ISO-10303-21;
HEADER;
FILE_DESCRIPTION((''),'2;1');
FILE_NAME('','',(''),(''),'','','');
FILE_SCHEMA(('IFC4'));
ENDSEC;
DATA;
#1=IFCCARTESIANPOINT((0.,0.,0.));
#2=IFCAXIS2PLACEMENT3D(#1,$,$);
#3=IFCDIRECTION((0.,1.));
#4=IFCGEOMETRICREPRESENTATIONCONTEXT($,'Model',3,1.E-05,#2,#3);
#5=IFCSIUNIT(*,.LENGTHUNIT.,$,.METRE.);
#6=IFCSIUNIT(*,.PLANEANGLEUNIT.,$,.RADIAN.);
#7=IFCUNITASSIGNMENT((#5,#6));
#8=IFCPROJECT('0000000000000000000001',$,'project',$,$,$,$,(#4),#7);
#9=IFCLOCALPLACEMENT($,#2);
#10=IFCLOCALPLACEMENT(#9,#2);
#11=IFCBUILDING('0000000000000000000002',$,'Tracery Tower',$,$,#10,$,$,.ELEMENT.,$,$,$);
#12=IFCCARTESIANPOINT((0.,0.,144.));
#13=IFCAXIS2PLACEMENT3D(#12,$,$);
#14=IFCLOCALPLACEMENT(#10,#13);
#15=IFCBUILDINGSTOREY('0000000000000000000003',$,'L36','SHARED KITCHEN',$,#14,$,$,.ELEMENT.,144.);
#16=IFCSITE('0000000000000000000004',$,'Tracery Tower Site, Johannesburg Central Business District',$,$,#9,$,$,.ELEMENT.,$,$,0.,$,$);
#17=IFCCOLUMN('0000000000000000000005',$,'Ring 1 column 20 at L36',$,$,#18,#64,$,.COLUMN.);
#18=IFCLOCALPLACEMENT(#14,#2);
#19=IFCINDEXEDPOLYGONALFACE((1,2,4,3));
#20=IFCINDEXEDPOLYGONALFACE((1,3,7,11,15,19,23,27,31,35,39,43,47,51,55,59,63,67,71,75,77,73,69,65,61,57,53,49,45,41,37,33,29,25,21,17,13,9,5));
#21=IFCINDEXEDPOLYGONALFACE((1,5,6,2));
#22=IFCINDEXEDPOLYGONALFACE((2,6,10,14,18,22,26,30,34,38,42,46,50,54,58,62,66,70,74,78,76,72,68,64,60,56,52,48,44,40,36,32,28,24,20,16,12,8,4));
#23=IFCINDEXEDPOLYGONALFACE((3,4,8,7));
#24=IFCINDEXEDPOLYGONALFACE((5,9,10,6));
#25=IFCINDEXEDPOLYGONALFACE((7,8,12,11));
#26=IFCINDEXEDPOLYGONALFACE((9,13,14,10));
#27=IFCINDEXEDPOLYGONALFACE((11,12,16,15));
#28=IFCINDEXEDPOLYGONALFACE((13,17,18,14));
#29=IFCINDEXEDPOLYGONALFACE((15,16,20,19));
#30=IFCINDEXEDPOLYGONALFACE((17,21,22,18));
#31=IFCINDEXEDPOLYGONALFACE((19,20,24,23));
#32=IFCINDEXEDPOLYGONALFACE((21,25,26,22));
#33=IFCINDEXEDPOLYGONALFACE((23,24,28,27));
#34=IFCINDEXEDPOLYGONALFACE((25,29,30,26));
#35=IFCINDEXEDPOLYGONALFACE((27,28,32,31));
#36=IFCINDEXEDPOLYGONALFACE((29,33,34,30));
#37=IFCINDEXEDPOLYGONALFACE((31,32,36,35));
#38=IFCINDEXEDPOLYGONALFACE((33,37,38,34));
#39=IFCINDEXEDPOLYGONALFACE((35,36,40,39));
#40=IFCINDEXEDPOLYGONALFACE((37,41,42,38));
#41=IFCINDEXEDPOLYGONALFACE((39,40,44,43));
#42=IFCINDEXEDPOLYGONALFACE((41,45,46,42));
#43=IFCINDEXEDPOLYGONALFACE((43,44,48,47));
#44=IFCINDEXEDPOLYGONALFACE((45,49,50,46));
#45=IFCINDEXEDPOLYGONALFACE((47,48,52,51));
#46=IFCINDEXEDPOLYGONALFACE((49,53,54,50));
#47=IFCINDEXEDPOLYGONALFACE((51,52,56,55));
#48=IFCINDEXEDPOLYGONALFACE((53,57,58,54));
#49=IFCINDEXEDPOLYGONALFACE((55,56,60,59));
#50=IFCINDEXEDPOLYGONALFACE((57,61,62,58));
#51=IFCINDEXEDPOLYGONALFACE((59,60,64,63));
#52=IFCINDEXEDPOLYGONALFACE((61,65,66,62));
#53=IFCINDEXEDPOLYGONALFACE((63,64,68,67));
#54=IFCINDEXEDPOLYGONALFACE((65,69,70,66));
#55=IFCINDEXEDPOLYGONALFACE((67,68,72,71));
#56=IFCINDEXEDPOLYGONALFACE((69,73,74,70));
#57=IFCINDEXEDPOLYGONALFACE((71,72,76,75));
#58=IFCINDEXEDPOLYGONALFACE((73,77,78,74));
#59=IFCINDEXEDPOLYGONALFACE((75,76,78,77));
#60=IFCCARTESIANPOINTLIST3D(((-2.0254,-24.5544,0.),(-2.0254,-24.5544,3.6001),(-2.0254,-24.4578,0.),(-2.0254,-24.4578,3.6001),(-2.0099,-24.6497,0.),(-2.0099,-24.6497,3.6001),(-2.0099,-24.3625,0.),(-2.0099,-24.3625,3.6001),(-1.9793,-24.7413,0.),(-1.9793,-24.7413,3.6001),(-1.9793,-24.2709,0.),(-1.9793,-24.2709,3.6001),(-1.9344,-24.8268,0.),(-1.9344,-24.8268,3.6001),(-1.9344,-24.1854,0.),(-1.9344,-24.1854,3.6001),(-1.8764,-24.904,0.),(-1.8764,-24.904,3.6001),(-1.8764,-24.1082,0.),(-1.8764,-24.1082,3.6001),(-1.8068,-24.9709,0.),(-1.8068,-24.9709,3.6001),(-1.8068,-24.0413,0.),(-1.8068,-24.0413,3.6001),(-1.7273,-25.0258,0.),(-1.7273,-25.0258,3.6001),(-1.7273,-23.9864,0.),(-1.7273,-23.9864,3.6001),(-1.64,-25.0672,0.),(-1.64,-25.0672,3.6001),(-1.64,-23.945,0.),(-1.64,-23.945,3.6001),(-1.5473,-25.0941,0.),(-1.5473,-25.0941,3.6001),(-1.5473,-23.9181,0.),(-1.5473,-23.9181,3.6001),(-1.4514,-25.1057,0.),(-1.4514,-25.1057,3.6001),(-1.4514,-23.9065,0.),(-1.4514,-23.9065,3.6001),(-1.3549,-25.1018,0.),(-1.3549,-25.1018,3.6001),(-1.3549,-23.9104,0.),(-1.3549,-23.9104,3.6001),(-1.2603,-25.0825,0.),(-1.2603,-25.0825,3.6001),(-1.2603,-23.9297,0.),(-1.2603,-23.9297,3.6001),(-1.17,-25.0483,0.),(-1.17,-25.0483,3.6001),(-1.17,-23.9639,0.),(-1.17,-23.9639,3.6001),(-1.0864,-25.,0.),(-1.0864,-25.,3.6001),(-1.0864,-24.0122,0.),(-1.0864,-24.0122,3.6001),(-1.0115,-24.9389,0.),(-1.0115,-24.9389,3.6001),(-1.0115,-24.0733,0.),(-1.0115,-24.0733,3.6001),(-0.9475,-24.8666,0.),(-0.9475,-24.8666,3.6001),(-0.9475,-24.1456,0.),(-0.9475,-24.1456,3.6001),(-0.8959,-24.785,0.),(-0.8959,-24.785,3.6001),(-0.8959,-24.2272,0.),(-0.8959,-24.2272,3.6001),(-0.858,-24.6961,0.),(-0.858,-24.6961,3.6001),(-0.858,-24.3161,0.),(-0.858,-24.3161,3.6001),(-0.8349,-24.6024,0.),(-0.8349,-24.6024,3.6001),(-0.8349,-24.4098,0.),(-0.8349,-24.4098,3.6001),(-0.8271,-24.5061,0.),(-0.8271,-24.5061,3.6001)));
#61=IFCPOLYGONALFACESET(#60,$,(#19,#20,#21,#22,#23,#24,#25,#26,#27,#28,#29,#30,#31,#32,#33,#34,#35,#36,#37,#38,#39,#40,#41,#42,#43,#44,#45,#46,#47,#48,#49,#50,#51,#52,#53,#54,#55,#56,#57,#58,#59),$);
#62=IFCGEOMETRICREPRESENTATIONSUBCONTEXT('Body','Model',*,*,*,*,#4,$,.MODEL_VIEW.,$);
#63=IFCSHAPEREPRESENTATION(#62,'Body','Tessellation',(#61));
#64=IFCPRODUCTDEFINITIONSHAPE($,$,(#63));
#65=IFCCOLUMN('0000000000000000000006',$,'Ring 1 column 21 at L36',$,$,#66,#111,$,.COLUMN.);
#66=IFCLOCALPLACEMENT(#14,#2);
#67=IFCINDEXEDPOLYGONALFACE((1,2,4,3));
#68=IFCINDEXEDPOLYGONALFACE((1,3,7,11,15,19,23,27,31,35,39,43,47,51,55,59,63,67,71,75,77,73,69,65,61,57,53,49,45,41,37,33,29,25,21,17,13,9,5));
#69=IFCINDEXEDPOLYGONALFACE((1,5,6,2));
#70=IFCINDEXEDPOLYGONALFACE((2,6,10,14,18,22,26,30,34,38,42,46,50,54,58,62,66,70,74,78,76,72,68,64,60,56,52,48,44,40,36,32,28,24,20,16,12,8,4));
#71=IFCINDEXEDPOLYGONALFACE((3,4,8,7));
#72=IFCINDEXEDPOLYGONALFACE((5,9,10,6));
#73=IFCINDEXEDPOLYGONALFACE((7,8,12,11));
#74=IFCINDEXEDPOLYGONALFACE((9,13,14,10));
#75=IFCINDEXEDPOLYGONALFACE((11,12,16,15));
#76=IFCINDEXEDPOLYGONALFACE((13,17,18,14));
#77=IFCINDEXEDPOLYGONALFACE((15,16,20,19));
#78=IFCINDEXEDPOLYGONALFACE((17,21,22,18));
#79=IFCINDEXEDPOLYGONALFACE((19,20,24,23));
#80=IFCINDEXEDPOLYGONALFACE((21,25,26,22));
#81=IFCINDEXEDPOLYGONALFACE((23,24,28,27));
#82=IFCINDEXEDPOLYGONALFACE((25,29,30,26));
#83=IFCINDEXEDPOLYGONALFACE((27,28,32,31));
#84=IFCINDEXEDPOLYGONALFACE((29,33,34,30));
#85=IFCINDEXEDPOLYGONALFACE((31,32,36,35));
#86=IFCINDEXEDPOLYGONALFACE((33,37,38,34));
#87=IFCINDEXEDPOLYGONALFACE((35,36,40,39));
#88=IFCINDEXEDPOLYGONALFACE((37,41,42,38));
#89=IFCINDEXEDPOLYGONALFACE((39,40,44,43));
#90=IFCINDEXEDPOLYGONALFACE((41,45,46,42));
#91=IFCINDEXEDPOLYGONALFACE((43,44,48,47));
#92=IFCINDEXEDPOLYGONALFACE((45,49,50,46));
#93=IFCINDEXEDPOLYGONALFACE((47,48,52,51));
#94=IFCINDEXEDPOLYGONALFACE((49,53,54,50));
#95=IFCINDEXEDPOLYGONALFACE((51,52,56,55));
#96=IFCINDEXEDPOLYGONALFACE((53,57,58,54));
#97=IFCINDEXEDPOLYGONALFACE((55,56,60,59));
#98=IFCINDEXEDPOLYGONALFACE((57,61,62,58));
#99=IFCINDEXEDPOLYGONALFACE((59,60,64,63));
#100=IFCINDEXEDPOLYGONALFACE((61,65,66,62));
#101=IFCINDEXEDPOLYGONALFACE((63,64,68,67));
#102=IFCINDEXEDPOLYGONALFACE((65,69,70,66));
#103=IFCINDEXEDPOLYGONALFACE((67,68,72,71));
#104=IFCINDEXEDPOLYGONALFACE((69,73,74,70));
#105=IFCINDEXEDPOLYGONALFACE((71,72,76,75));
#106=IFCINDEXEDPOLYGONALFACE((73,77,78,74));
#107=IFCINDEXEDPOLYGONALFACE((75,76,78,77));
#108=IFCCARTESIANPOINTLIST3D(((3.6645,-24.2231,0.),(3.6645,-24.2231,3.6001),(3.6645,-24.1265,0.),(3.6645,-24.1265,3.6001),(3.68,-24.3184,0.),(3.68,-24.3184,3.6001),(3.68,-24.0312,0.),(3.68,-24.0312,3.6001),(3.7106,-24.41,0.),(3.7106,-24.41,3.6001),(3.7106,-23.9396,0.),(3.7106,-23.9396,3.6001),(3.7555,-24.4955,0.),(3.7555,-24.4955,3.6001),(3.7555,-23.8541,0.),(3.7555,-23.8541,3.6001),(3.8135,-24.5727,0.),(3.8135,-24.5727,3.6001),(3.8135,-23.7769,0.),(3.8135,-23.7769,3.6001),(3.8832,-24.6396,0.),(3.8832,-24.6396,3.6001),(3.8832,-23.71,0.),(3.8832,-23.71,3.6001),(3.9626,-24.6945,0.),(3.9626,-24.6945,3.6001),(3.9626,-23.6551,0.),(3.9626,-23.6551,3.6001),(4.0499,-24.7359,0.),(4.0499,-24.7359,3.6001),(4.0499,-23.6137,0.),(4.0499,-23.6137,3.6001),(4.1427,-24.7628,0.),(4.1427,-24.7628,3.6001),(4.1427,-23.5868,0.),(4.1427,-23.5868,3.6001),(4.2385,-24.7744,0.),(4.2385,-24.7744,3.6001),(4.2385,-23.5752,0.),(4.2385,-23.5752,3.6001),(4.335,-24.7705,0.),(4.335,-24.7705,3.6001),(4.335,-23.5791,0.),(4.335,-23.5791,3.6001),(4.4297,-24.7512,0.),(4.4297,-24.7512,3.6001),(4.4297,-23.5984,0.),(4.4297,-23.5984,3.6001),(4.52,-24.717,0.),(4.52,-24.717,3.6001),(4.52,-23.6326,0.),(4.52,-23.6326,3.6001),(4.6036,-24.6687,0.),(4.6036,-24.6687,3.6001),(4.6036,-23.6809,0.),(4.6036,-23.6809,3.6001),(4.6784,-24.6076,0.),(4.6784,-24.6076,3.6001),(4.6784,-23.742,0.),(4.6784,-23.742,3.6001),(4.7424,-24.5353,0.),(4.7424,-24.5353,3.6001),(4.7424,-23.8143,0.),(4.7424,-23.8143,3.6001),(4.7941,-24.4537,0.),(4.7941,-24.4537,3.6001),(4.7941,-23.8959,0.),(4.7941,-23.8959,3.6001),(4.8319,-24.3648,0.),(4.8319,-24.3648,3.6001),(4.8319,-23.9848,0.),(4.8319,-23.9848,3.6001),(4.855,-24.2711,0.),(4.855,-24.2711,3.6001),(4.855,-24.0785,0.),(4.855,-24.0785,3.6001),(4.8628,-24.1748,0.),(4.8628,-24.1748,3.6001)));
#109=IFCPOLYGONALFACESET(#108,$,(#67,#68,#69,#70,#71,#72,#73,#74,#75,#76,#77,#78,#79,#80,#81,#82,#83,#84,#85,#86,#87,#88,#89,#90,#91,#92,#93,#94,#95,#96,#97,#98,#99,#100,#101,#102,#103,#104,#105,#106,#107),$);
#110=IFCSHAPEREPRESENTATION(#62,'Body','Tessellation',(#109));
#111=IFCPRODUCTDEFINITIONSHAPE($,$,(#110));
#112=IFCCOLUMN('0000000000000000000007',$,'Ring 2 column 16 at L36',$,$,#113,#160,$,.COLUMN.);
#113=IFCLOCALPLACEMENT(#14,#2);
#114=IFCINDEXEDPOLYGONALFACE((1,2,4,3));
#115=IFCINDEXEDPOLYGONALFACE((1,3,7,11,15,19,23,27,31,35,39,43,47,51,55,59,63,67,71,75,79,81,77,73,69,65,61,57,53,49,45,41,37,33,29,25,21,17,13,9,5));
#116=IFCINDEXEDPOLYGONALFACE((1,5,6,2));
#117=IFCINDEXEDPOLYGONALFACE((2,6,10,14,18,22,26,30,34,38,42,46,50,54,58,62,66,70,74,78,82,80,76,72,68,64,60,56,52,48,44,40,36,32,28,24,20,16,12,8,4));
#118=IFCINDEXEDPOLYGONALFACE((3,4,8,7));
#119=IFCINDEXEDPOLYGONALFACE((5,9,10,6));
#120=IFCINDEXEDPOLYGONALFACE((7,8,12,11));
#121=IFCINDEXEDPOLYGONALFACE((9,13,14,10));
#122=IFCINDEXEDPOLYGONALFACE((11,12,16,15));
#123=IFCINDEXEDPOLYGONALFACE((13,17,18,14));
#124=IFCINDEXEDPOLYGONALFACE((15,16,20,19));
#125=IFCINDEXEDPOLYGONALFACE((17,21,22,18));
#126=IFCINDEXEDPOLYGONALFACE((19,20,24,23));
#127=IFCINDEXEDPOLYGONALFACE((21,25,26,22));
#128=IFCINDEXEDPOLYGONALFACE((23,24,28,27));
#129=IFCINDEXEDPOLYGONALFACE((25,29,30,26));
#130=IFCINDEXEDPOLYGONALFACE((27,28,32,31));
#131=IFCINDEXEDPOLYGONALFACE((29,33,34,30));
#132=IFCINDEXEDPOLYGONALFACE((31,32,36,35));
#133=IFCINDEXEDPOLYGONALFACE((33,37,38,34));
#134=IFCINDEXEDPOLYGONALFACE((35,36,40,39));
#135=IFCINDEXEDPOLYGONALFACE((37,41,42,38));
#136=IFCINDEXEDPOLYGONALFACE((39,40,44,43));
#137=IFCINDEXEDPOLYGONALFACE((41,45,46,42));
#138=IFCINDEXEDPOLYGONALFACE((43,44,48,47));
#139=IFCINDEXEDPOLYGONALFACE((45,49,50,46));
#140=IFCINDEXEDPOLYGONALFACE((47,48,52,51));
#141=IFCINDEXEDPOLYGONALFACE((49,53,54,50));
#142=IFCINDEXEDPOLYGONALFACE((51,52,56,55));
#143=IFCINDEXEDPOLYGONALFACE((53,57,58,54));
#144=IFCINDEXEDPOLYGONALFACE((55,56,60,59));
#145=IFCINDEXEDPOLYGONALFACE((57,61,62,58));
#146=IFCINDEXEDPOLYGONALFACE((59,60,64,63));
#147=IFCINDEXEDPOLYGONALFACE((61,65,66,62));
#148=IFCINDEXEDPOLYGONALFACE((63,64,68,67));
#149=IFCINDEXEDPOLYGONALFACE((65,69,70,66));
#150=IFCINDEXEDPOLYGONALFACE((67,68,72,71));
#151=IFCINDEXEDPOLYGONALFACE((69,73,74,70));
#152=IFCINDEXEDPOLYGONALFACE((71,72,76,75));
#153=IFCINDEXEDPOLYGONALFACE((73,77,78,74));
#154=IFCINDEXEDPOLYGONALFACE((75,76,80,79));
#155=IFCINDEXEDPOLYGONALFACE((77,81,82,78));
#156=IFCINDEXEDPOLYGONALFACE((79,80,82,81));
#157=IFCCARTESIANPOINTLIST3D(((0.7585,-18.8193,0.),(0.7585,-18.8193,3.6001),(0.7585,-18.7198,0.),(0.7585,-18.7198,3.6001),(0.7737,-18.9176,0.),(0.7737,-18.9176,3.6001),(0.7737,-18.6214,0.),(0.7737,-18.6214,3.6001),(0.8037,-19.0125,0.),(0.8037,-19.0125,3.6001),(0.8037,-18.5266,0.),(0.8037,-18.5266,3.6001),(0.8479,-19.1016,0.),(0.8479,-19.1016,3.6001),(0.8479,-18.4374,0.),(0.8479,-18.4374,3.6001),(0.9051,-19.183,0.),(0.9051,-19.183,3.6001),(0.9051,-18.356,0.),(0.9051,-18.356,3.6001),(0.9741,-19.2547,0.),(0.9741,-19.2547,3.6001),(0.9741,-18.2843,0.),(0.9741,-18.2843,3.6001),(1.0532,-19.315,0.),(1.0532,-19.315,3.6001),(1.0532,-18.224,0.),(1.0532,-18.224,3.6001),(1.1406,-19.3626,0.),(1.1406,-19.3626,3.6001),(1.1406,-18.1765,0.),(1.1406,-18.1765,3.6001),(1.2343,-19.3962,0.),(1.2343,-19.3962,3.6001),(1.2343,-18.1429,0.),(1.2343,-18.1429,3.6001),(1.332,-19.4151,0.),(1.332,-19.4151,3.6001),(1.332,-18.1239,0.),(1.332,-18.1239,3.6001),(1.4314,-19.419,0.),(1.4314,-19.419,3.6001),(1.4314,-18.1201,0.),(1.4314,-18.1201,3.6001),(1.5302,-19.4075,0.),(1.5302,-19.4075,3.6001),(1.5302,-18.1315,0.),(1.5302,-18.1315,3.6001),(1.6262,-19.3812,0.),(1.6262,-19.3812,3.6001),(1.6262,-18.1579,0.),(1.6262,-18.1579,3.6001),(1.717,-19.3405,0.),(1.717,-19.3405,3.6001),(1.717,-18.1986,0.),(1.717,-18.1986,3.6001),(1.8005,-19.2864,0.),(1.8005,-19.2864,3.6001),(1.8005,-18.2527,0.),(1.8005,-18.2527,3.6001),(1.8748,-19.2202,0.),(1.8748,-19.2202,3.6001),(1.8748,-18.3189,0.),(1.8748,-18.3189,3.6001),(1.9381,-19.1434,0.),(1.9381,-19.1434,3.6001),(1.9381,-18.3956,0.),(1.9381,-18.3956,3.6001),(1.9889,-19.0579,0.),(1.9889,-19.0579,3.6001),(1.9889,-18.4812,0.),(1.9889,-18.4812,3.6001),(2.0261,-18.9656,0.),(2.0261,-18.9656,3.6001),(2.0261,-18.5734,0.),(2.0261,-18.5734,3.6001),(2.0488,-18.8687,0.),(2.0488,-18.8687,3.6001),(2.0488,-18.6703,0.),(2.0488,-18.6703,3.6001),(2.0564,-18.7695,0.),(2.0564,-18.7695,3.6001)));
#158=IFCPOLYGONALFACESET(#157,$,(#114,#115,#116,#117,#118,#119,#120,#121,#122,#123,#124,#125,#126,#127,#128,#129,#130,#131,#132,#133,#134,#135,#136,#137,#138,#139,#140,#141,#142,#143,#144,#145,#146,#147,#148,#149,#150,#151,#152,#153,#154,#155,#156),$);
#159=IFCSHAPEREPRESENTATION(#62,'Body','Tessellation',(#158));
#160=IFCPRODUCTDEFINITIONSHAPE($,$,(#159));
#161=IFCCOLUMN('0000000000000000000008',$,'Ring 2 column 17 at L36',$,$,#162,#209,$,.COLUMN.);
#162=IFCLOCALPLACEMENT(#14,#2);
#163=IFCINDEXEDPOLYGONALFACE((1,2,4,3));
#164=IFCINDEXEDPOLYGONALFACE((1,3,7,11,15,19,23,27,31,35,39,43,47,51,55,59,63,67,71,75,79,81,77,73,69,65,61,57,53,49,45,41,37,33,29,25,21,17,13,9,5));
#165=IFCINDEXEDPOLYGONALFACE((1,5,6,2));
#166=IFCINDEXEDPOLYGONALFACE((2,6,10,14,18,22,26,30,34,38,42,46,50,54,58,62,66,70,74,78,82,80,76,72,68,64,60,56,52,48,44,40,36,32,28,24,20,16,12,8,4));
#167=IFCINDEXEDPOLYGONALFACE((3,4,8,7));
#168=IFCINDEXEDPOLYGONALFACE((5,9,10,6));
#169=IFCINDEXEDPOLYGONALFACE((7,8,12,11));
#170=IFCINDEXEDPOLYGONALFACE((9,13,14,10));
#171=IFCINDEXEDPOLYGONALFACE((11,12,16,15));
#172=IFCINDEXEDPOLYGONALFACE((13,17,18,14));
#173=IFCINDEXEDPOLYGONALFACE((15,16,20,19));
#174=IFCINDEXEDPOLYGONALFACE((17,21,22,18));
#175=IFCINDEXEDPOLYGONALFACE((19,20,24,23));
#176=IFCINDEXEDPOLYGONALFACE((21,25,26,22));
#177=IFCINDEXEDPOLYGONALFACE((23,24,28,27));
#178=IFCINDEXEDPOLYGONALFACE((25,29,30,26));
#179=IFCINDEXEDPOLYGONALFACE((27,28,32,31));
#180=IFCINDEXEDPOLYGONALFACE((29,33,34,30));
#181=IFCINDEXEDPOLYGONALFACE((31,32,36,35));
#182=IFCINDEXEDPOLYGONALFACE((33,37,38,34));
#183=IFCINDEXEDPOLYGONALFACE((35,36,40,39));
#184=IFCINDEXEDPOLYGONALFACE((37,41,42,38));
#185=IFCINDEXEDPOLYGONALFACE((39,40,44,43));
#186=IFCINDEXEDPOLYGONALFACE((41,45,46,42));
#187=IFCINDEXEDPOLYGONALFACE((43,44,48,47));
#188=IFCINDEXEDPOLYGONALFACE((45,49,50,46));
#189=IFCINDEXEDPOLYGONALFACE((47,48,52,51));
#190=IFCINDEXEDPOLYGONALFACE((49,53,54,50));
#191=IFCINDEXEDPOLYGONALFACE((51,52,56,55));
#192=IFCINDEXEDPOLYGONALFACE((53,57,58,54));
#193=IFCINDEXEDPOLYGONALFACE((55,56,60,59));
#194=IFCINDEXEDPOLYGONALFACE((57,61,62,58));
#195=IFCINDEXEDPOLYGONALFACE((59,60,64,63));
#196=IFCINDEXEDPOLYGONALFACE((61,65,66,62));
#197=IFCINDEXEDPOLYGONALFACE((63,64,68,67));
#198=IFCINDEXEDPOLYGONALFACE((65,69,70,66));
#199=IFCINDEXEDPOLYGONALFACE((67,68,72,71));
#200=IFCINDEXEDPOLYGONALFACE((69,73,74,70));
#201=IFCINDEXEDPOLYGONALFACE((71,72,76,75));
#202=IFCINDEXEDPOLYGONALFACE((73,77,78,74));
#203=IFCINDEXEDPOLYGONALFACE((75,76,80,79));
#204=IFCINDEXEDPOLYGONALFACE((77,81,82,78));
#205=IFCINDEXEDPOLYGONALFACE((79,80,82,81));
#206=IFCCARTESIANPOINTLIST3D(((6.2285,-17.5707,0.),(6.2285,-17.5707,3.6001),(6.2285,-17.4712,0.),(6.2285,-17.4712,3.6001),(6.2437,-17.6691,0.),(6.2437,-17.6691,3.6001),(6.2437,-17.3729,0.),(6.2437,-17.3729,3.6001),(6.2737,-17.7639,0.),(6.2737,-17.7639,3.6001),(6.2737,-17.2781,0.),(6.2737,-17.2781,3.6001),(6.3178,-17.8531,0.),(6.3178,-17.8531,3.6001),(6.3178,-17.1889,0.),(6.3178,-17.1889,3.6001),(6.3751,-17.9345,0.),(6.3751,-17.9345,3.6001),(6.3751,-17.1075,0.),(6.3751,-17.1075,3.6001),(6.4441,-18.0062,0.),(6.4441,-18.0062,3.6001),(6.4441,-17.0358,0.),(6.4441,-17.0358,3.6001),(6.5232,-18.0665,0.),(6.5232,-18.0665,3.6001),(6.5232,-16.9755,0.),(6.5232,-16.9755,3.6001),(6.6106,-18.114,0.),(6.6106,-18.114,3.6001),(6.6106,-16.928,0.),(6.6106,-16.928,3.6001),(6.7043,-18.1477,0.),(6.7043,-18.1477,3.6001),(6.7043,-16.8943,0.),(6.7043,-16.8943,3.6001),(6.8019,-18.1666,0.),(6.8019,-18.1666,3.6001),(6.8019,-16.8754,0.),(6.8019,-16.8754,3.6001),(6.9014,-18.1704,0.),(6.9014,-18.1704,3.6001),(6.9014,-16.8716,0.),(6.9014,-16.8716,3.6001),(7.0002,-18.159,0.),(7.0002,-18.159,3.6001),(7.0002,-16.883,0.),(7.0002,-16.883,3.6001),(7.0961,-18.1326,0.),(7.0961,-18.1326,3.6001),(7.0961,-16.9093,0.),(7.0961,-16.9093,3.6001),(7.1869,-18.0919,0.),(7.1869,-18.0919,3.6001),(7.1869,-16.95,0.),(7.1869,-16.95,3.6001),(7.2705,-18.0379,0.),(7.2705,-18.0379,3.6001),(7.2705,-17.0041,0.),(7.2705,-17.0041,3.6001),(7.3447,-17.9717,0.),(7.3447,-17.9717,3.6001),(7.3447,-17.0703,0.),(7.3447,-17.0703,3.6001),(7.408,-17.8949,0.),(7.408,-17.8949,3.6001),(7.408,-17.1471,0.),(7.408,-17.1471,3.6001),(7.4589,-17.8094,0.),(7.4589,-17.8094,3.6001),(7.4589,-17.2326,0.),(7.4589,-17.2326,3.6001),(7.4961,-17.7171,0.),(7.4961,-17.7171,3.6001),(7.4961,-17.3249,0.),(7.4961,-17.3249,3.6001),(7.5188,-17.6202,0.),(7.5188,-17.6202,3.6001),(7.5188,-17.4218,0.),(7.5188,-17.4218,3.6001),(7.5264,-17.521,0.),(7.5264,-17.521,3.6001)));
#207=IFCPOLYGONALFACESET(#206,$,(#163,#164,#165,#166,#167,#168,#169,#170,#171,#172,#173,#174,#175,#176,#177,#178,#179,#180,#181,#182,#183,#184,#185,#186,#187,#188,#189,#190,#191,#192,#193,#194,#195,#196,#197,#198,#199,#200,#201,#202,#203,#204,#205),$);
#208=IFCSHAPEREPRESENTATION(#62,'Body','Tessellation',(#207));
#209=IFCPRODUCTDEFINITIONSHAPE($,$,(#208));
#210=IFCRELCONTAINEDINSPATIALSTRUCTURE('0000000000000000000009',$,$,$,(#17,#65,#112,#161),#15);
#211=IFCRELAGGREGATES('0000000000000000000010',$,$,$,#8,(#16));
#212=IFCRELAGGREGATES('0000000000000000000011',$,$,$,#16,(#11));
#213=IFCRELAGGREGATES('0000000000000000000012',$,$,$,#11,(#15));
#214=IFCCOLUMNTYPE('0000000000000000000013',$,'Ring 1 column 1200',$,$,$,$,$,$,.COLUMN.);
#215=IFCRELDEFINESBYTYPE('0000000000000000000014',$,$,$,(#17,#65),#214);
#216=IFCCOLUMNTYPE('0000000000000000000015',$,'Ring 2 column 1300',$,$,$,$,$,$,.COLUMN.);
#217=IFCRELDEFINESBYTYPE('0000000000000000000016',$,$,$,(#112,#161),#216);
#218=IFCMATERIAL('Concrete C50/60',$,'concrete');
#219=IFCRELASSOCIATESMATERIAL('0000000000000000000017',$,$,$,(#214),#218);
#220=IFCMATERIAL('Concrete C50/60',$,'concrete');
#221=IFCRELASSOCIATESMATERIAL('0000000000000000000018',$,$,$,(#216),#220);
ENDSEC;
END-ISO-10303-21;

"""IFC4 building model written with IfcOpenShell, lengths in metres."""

from ifc_helpers import new_model, si_unit, direction, frame, origin, origin_2d, place, context, subcontext, project, spatial, circle, extrude, material, material_profile, profile_set, type_object, element, save


model = new_model("IFC4")

# Units and contexts
model_context = context("Model", 3, precision=1e-05, world=origin(), true_north=direction((0.0, 1.0)))
body_context = subcontext(model_context, "Body", "Model", "MODEL_VIEW")
ifc_project = project(units=[si_unit("LENGTHUNIT", "METRE"), si_unit("PLANEANGLEUNIT", "RADIAN")], contexts=[model_context])

# Site, building, storey
site_placement = place(None, origin())
site = spatial("IfcSite", under=ifc_project, at=site_placement, Name="Tracery Tower Site, Johannesburg Central Business District", CompositionType="ELEMENT", RefElevation=0.0)
building_placement = place(site_placement, origin())
building = spatial("IfcBuilding", under=site, at=building_placement, Name="Tracery Tower", CompositionType="ELEMENT")
storey_placement = place(building_placement, frame((0.0, 0.0, 144.0)))
storey = spatial("IfcBuildingStorey", under=building, at=storey_placement, Name="L36", Description="SHARED KITCHEN", CompositionType="ELEMENT", Elevation=144.0)

# Columns
ifc_material_1 = material(Name="Concrete C50/60", Category="concrete")
ifc_material_profile_1 = material_profile(ifc_material_1, circle(Radius=0.6001, at=origin_2d()), Name="RC D1200")
ifc_profile_set_1 = profile_set([ifc_material_profile_1], Name="Concrete C50/60")
column_type_1 = type_object("IfcColumnType", Name="Ring 1 column 1200", PredefinedType="COLUMN", material=ifc_profile_set_1)
for number, where, z_axis, x_axis, name in (
    (1, (-1.4272, -24.5061, 0.0), (0.0, 0.0, 1.0), (1.0, 0.0, 0.0), "Ring 1 column 20 at L36"),
    (2, (4.2627, -24.1748, 0.0), (0.0, 0.0, 1.0), (1.0, 0.0, 0.0), "Ring 1 column 21 at L36"),
):
    element("IfcColumn", number, at=place(storey_placement, frame(where, z_axis=z_axis, x_axis=x_axis)), inside=storey, type_object=column_type_1, Name=name, PredefinedType="COLUMN", context=body_context, shape_type="SweptSolid", body=[
        extrude(circle(Radius=0.6001, at=origin_2d()), origin(), (0.0, 0.0, 1.0), 3.6001),
    ])
ifc_material_2 = material(Name="Concrete C50/60", Category="concrete")
ifc_material_profile_2 = material_profile(ifc_material_2, circle(Radius=0.6499, at=origin_2d()), Name="RC D1300")
ifc_profile_set_2 = profile_set([ifc_material_profile_2], Name="Concrete C50/60")
column_type_2 = type_object("IfcColumnType", Name="Ring 2 column 1300", PredefinedType="COLUMN", material=ifc_profile_set_2)
for number, where, z_axis, x_axis, name in (
    (3, (1.4065, -18.7695, 0.0), (0.0, 0.0, 1.0), (1.0, 0.0, 0.0), "Ring 2 column 16 at L36"),
    (4, (6.8765, -17.521, 0.0), (0.0, 0.0, 1.0), (1.0, 0.0, 0.0), "Ring 2 column 17 at L36"),
):
    element("IfcColumn", number, at=place(storey_placement, frame(where, z_axis=z_axis, x_axis=x_axis)), inside=storey, type_object=column_type_2, Name=name, PredefinedType="COLUMN", context=body_context, shape_type="SweptSolid", body=[
        extrude(circle(Radius=0.6499, at=origin_2d()), origin(), (0.0, 0.0, 1.0), 3.6001),
    ])

save(model, "model.ifc")
